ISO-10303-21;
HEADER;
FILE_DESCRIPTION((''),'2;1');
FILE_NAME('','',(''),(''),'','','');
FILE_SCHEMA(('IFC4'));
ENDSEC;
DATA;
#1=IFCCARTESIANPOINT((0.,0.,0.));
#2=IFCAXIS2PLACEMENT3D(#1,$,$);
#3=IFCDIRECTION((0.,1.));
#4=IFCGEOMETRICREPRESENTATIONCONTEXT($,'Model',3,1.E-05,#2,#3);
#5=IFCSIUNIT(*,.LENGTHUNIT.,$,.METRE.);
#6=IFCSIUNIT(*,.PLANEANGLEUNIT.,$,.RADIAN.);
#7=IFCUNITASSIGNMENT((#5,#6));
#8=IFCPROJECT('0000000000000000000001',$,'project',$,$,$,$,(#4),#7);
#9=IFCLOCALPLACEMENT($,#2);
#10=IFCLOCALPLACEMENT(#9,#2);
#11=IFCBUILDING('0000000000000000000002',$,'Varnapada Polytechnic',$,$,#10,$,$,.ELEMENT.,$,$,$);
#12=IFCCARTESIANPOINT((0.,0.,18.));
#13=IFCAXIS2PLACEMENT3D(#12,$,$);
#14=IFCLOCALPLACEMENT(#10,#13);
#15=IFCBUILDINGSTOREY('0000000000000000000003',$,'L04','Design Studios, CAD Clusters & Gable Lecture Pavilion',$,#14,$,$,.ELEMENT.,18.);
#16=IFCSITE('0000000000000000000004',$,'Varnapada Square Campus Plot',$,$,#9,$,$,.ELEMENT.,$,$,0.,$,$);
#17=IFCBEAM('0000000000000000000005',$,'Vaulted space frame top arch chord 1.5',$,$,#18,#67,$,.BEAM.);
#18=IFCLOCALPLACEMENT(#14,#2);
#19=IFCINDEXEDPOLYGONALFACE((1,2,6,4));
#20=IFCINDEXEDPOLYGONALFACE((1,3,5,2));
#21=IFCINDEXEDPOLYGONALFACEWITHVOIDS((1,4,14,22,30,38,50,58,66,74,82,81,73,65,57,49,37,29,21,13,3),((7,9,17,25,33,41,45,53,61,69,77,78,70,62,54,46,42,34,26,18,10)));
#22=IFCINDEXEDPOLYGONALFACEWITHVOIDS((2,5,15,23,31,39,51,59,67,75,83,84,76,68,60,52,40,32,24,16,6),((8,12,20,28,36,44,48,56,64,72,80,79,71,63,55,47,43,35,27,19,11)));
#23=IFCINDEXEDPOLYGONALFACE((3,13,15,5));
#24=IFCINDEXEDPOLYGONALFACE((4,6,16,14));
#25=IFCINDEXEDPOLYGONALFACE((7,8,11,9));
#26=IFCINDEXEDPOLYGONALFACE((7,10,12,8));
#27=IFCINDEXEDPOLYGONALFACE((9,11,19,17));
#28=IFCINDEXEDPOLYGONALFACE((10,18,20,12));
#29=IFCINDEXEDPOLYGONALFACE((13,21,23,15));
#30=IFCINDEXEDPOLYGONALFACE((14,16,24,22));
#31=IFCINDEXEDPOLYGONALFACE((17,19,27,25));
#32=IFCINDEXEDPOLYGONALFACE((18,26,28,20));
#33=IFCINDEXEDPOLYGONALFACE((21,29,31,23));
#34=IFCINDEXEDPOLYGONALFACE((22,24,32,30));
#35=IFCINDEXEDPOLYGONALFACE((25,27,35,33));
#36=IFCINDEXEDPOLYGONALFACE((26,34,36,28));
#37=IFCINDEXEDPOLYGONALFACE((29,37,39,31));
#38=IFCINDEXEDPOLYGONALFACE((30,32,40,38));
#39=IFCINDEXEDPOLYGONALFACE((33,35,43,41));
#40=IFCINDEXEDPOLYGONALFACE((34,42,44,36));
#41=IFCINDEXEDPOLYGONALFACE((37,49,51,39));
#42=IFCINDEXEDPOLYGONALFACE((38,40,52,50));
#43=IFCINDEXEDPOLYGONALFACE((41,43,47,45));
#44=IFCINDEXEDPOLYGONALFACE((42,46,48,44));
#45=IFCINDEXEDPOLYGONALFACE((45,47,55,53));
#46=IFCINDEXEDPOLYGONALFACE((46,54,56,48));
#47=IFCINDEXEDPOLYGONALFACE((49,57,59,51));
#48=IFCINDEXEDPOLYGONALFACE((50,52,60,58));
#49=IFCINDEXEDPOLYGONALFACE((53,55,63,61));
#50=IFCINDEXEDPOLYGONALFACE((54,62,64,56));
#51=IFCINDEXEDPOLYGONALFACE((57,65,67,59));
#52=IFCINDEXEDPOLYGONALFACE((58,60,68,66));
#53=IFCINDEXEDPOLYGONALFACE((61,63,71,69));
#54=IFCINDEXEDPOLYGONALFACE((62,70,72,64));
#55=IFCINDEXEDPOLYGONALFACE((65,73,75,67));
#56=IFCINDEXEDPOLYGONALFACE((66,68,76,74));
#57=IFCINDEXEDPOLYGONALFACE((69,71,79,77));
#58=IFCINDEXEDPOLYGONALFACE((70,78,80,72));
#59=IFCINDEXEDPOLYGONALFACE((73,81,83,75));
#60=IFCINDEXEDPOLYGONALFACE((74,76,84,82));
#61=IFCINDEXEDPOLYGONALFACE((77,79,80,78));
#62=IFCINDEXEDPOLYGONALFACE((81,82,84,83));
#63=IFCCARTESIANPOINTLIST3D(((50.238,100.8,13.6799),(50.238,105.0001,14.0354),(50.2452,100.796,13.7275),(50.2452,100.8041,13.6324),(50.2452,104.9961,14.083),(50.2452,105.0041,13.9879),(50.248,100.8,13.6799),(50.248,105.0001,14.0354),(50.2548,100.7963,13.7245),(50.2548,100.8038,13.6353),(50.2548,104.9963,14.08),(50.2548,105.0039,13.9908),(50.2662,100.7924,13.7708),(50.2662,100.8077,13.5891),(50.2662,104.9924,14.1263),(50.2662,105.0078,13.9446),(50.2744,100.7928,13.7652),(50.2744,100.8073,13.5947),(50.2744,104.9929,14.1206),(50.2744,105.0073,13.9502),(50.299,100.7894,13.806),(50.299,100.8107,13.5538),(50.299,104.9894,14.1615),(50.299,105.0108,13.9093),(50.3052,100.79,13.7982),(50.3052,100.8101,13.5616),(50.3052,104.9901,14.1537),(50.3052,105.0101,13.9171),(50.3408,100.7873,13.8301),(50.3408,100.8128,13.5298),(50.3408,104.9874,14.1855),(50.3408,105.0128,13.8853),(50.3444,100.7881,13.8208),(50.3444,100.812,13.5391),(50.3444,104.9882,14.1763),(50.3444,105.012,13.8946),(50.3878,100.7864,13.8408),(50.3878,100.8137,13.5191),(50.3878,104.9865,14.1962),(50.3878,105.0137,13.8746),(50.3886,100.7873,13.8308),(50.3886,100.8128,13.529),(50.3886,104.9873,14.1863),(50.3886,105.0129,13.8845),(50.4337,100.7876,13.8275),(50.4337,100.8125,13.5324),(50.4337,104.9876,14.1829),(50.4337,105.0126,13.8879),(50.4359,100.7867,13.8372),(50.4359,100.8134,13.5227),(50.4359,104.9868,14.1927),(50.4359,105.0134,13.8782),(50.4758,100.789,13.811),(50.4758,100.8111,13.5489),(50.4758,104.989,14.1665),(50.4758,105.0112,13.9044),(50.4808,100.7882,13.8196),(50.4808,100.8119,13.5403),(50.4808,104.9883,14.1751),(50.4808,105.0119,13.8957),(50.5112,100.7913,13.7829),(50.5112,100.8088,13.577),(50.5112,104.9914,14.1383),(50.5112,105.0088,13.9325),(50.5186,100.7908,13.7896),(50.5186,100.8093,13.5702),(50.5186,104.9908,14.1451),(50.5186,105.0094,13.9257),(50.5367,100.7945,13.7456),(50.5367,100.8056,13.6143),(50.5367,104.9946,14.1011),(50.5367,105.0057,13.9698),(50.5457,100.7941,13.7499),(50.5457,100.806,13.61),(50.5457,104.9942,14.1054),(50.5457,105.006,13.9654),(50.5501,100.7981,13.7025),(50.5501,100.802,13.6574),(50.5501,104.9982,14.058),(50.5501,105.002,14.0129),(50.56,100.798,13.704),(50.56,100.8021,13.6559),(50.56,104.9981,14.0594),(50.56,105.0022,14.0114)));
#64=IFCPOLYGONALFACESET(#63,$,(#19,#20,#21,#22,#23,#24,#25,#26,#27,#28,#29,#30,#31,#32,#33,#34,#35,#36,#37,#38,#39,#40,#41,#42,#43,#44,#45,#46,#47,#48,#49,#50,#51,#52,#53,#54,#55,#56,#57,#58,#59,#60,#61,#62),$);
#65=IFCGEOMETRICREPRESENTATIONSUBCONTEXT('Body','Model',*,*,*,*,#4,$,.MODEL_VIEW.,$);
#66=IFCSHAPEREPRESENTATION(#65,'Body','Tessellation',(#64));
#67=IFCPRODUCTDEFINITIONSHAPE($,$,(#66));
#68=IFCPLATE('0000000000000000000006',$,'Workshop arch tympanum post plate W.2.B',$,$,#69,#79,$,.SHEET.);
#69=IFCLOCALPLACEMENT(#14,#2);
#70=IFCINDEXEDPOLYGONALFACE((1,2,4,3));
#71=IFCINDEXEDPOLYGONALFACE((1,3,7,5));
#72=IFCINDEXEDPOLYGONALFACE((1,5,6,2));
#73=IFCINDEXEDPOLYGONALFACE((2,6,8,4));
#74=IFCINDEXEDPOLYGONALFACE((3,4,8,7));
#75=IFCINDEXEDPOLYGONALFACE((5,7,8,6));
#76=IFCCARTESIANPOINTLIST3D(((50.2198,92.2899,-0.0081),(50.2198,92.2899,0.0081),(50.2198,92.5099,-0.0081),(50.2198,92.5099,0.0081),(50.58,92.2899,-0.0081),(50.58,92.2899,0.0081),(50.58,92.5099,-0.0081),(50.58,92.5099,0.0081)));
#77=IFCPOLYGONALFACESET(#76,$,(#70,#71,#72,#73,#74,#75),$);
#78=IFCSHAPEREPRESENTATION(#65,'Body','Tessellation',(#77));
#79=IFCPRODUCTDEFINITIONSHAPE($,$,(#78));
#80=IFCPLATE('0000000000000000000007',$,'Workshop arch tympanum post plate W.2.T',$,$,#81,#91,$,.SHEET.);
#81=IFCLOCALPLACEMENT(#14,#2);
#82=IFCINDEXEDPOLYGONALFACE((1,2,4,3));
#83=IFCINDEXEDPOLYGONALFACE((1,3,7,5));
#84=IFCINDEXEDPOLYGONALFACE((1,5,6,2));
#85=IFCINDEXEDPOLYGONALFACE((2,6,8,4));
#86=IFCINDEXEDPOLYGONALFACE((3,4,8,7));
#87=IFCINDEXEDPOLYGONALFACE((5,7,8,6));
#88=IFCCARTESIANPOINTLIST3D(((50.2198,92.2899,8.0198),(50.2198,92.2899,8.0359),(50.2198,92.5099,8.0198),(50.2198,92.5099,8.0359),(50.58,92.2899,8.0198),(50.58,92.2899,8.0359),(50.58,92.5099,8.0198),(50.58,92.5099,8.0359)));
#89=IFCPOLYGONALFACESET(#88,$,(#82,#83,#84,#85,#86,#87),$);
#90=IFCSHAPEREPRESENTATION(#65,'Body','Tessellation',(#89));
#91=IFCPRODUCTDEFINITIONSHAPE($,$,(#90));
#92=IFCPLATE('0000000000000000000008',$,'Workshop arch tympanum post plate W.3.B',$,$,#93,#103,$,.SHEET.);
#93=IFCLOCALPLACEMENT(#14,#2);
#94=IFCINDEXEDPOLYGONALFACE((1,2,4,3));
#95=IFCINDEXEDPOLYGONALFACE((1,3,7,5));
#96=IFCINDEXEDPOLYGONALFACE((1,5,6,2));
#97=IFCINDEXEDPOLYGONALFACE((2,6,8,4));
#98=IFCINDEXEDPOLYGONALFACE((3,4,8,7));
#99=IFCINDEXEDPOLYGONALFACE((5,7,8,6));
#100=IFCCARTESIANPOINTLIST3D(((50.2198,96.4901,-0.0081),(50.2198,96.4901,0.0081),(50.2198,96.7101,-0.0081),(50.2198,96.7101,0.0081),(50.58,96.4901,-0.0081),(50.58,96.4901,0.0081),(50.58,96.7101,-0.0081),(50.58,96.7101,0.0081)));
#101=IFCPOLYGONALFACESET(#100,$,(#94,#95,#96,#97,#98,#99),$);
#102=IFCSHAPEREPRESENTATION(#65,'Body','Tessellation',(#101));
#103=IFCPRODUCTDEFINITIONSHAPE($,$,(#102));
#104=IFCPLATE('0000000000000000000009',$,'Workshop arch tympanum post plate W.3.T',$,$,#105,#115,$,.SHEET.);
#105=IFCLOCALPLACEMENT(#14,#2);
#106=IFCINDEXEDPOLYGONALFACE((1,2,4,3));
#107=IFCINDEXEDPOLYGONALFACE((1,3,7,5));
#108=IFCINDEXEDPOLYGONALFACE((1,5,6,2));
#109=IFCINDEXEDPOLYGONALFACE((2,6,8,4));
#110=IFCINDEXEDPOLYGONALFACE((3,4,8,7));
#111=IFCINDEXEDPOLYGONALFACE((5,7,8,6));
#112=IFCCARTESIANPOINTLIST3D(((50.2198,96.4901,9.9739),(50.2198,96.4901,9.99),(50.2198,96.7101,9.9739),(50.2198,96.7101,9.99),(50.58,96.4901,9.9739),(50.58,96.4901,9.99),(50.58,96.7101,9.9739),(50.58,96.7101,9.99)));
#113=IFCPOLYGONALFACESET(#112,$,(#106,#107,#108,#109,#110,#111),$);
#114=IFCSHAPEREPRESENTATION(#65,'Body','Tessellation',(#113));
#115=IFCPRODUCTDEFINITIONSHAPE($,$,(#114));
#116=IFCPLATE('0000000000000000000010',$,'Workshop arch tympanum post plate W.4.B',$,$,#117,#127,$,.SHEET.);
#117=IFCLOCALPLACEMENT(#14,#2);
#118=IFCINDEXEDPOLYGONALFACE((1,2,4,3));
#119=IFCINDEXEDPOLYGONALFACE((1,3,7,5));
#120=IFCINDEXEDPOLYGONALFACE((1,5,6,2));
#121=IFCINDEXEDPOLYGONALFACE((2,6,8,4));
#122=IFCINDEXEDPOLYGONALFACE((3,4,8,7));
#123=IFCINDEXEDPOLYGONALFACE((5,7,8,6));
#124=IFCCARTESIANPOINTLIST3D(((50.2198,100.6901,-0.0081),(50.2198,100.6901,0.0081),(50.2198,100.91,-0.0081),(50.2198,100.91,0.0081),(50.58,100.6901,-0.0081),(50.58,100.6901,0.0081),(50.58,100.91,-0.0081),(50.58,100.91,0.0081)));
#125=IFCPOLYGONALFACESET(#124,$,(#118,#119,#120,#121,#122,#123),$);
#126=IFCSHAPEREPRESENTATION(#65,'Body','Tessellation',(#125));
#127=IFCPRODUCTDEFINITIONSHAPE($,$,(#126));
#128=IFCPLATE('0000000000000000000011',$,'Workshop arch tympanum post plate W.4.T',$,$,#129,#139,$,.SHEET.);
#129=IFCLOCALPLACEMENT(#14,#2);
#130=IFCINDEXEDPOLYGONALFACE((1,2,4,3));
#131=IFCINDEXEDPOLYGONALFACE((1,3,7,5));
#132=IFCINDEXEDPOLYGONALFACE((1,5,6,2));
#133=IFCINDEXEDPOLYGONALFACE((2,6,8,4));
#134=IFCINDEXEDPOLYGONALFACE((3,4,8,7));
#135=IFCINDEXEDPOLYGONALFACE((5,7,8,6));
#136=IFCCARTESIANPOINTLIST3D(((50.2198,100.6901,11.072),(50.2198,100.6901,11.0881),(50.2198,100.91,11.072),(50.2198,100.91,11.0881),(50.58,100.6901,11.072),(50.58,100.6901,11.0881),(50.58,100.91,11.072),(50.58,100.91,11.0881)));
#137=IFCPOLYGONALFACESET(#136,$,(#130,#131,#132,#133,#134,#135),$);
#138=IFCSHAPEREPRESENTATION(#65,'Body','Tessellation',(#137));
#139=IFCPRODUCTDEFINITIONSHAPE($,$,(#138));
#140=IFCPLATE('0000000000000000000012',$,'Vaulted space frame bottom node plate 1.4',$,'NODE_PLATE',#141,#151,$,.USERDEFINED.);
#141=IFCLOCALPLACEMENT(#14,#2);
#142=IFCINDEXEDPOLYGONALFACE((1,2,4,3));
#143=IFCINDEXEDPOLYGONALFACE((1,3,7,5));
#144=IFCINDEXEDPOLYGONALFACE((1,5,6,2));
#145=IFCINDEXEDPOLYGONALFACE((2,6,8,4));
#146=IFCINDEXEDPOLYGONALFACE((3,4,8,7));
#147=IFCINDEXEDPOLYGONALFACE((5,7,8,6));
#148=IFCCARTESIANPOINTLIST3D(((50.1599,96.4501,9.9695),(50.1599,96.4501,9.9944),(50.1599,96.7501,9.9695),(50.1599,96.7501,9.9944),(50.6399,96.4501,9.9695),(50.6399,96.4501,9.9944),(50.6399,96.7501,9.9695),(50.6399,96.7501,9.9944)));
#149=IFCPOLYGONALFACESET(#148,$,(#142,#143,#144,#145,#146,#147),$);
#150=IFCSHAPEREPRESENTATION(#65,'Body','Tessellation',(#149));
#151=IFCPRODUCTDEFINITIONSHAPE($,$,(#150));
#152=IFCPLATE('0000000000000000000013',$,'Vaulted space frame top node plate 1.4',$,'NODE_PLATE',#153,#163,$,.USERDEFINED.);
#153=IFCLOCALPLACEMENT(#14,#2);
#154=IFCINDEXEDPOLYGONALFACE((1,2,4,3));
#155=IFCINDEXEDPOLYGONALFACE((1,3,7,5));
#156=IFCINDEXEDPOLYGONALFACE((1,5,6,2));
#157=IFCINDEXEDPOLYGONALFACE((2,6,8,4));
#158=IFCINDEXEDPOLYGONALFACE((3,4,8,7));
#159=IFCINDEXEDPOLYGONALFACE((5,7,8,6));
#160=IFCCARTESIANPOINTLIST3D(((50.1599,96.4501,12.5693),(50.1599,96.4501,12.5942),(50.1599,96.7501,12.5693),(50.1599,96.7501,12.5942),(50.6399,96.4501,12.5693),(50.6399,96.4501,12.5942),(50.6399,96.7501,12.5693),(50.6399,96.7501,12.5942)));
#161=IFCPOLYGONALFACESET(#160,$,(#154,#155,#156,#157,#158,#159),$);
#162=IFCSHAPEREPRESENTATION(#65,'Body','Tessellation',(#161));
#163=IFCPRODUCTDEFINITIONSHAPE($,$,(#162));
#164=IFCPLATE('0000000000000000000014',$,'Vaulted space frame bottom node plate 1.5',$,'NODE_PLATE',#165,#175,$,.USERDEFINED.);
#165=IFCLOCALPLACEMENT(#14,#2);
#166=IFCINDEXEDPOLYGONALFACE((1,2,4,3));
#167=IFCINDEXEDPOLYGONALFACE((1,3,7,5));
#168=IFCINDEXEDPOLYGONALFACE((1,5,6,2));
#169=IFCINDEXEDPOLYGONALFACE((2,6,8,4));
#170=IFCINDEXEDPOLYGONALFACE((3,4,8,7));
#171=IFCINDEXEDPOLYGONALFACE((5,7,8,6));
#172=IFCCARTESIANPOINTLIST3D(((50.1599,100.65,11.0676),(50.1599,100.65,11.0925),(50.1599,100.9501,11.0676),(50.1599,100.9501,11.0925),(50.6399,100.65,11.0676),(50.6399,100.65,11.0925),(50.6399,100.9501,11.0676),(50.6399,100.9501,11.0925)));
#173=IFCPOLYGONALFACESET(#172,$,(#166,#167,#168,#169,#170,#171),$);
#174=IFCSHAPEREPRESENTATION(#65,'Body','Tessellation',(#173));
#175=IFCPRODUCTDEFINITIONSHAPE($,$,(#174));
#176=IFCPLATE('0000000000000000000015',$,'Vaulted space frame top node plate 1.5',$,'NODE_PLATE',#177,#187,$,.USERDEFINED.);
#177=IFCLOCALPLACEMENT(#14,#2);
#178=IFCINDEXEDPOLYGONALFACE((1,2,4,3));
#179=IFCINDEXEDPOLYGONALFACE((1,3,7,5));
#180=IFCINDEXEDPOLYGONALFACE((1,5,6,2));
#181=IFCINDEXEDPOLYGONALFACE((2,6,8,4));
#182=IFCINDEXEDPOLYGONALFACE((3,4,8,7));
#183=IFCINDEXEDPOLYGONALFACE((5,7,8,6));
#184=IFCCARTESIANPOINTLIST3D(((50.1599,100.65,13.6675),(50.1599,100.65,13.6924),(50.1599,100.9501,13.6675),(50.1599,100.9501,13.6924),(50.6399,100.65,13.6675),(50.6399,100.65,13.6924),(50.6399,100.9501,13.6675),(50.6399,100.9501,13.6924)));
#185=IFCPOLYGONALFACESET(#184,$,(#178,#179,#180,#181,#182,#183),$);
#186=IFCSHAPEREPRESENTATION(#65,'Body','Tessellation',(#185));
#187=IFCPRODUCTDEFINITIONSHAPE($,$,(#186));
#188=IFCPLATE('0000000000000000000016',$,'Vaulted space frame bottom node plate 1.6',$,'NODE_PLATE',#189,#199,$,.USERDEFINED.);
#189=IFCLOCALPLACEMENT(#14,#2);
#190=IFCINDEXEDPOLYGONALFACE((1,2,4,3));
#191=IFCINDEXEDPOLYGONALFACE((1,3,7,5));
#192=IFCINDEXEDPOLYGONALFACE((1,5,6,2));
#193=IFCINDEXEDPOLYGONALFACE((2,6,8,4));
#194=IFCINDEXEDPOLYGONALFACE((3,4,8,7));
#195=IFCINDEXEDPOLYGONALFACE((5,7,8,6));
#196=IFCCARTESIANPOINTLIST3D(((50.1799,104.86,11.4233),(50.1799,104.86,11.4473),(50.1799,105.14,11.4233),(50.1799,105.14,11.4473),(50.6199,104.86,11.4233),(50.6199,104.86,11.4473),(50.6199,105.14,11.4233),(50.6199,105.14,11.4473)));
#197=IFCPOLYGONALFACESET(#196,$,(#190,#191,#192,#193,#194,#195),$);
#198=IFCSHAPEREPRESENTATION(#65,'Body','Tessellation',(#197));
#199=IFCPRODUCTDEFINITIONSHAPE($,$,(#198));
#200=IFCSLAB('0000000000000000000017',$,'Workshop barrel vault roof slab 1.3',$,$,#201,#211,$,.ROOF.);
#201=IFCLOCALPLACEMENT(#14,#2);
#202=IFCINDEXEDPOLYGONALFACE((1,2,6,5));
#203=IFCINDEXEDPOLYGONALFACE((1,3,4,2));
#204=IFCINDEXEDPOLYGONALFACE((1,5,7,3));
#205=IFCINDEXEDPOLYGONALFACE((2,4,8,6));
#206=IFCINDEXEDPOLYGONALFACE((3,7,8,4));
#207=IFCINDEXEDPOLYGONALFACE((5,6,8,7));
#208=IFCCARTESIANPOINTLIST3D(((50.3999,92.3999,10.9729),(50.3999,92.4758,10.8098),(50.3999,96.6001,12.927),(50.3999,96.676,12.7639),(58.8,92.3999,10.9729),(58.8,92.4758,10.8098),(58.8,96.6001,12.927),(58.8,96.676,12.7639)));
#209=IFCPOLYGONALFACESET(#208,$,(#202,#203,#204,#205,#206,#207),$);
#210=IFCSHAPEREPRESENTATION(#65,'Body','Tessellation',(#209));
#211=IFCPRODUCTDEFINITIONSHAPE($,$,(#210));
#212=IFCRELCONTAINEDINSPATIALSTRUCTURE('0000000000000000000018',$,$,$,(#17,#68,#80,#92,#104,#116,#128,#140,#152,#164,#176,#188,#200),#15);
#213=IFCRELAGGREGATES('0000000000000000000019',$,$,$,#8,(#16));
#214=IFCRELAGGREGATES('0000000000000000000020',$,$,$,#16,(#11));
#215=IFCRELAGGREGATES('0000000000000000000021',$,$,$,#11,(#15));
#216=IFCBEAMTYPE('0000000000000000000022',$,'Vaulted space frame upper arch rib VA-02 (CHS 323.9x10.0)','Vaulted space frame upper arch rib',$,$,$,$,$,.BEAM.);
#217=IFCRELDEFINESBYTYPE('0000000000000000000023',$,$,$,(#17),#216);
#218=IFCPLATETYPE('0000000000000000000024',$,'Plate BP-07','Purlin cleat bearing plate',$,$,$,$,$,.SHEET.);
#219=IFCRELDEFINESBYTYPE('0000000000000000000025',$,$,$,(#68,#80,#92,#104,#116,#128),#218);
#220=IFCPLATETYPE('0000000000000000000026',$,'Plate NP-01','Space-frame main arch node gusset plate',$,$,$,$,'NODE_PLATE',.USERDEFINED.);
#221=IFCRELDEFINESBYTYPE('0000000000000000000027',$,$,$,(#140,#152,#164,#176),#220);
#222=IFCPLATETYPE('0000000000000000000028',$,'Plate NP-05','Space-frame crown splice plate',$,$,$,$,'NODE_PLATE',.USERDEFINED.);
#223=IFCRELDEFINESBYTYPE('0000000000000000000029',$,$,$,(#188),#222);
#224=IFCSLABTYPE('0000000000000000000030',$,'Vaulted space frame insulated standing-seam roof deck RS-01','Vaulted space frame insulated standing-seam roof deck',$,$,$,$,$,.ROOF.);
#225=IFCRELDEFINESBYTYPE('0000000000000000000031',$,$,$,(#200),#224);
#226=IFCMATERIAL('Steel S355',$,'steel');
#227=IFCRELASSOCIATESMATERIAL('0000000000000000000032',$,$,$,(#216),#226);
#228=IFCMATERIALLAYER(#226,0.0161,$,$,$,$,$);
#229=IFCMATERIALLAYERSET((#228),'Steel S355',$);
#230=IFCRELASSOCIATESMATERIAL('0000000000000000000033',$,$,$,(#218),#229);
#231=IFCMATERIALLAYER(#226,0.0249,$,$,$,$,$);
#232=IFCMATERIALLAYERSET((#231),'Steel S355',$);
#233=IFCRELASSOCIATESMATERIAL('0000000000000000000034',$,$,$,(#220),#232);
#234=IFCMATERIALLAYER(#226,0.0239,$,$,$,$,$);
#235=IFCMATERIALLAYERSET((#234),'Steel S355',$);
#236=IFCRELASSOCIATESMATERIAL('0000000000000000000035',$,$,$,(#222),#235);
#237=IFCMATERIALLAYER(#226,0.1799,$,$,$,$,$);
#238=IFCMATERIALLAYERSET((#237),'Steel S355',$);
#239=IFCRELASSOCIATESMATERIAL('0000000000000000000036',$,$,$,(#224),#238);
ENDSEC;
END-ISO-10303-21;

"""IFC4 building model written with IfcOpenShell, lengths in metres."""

from ifc_helpers import new_model, si_unit, direction, frame, origin, origin_2d, place, context, subcontext, project, spatial, polyline, rectangle, hollow_circle, outline, extrude, material, layer, layer_set, material_profile, profile_set, type_object, element, save


model = new_model("IFC4")

# Units and contexts
model_context = context("Model", 3, precision=1e-05, world=origin(), true_north=direction((0.0, 1.0)))
body_context = subcontext(model_context, "Body", "Model", "MODEL_VIEW")
ifc_project = project(units=[si_unit("LENGTHUNIT", "METRE"), si_unit("PLANEANGLEUNIT", "RADIAN")], contexts=[model_context])

# Site, building, storey
site_placement = place(None, origin())
site = spatial("IfcSite", under=ifc_project, at=site_placement, Name="Varnapada Square Campus Plot", CompositionType="ELEMENT", RefElevation=0.0)
building_placement = place(site_placement, origin())
building = spatial("IfcBuilding", under=site, at=building_placement, Name="Varnapada Polytechnic", CompositionType="ELEMENT")
storey_placement = place(building_placement, frame((0.0, 0.0, 18.0)))
storey = spatial("IfcBuildingStorey", under=building, at=storey_placement, Name="L04", Description="Design Studios, CAD Clusters & Gable Lecture Pavilion", CompositionType="ELEMENT", Elevation=18.0)

# Shared definitions
ifc_material = material(Name="Steel S355", Category="steel")

# Beam
ifc_material_profile_1 = material_profile(ifc_material, hollow_circle(Radius=0.1619, WallThickness=0.01, at=origin_2d()), Name="CHS 323.9x10.0")
ifc_profile_set_1 = profile_set([ifc_material_profile_1], Name="Steel S355")
beam_type_1 = type_object("IfcBeamType", Name="Vaulted space frame upper arch rib VA-02 (CHS 323.9x10.0)", Description="Vaulted space frame upper arch rib", PredefinedType="BEAM", material=ifc_profile_set_1)
beam_1_placement = place(storey_placement, frame((50.3999, 100.8, 13.6799), z_axis=(0.0, 0.996437, 0.084335), x_axis=(-1.0, 0.0, 0.0)))
element("IfcBeam", 1, at=beam_1_placement, inside=storey, type_object=beam_type_1, Name="Vaulted space frame top arch chord 1.5", PredefinedType="BEAM", context=body_context, shape_type="SweptSolid", body=[
    extrude(hollow_circle(Radius=0.1619, WallThickness=0.01, at=origin_2d()), origin(), (0.0, 0.0, 1.0), 4.2151),
])

# Plates
ifc_layer_1 = layer(ifc_material, 0.0161)
ifc_layer_set_1 = layer_set([ifc_layer_1], Name="Steel S355")
plate_type_1 = type_object("IfcPlateType", Name="Plate BP-07", Description="Purlin cleat bearing plate", PredefinedType="SHEET", material=ifc_layer_set_1)
for number, where, z_axis, x_axis, name in (
    (2, (50.3999, 92.3999, -0.0081), (0.0, 0.0, 1.0), (1.0, 0.0, 0.0), "Workshop arch tympanum post plate W.2.B"),
    (3, (50.3999, 92.3999, 8.0198), (0.0, 0.0, 1.0), (1.0, 0.0, 0.0), "Workshop arch tympanum post plate W.2.T"),
    (4, (50.3999, 96.6001, -0.0081), (0.0, 0.0, 1.0), (1.0, 0.0, 0.0), "Workshop arch tympanum post plate W.3.B"),
    (5, (50.3999, 96.6001, 9.9739), (0.0, 0.0, 1.0), (1.0, 0.0, 0.0), "Workshop arch tympanum post plate W.3.T"),
    (6, (50.3999, 100.8, -0.0081), (0.0, 0.0, 1.0), (1.0, 0.0, 0.0), "Workshop arch tympanum post plate W.4.B"),
    (7, (50.3999, 100.8, 11.072), (0.0, 0.0, 1.0), (1.0, 0.0, 0.0), "Workshop arch tympanum post plate W.4.T"),
):
    element("IfcPlate", number, at=place(storey_placement, frame(where, z_axis=z_axis, x_axis=x_axis)), inside=storey, type_object=plate_type_1, Name=name, PredefinedType="SHEET", context=body_context, shape_type="SweptSolid", body=[
        extrude(rectangle(XDim=0.3601, YDim=0.22, at=origin_2d()), origin(), (0.0, 0.0, 1.0), 0.0161),
    ])
ifc_layer_2 = layer(ifc_material, 0.0249)
ifc_layer_set_2 = layer_set([ifc_layer_2], Name="Steel S355")
plate_type_2 = type_object("IfcPlateType", Name="Plate NP-01", Description="Space-frame main arch node gusset plate", ElementType="NODE_PLATE", PredefinedType="USERDEFINED", material=ifc_layer_set_2)
for number, where, z_axis, x_axis, name in (
    (8, (50.3999, 96.6001, 9.9695), (0.0, 0.0, 1.0), (1.0, 0.0, 0.0), "Vaulted space frame bottom node plate 1.4"),
    (9, (50.3999, 96.6001, 12.5693), (0.0, 0.0, 1.0), (1.0, 0.0, 0.0), "Vaulted space frame top node plate 1.4"),
    (10, (50.3999, 100.8, 11.0676), (0.0, 0.0, 1.0), (1.0, 0.0, 0.0), "Vaulted space frame bottom node plate 1.5"),
    (11, (50.3999, 100.8, 13.6675), (0.0, 0.0, 1.0), (1.0, 0.0, 0.0), "Vaulted space frame top node plate 1.5"),
):
    element("IfcPlate", number, at=place(storey_placement, frame(where, z_axis=z_axis, x_axis=x_axis)), inside=storey, type_object=plate_type_2, Name=name, ObjectType="NODE_PLATE", PredefinedType="USERDEFINED", context=body_context, shape_type="SweptSolid", body=[
        extrude(rectangle(XDim=0.48, YDim=0.3, at=origin_2d()), origin(), (0.0, 0.0, 1.0), 0.0249),
    ])
ifc_layer_3 = layer(ifc_material, 0.0239)
ifc_layer_set_3 = layer_set([ifc_layer_3], Name="Steel S355")
plate_type_3 = type_object("IfcPlateType", Name="Plate NP-05", Description="Space-frame crown splice plate", ElementType="NODE_PLATE", PredefinedType="USERDEFINED", material=ifc_layer_set_3)
plate_placement = place(storey_placement, frame((50.3999, 105.0, 11.4233), z_axis=(0.0, 0.0, 1.0), x_axis=(1.0, 0.0, 0.0)))
element("IfcPlate", 12, at=plate_placement, inside=storey, type_object=plate_type_3, Name="Vaulted space frame bottom node plate 1.6", ObjectType="NODE_PLATE", PredefinedType="USERDEFINED", context=body_context, shape_type="SweptSolid", body=[
    extrude(rectangle(XDim=0.4399, YDim=0.28, at=origin_2d()), origin(), (0.0, 0.0, 1.0), 0.0239),
])

# Slab
ifc_layer_4 = layer(ifc_material, 0.1799)
ifc_layer_set_4 = layer_set([ifc_layer_4], Name="Steel S355")
slab_type = type_object("IfcSlabType", Name="Vaulted space frame insulated standing-seam roof deck RS-01", Description="Vaulted space frame insulated standing-seam roof deck", PredefinedType="ROOF", material=ifc_layer_set_4)
slab_placement = place(storey_placement, frame((50.3999, 92.3999, 10.9729), z_axis=(0.0, -0.421823, 0.906678), x_axis=(1.0, 0.0, 0.0)))
element("IfcSlab", 13, at=slab_placement, inside=storey, type_object=slab_type, Name="Workshop barrel vault roof slab 1.3", PredefinedType="ROOF", context=body_context, shape_type="SweptSolid", body=[
    extrude(outline(polyline([(0.0, 0.0), (8.4001, 0.0), (8.4001, 4.6325), (0.0, 4.6325), (0.0, 0.0)])), origin(), (0.0, 0.0, -1.0), 0.1799),
])

save(model, "model.ifc")
